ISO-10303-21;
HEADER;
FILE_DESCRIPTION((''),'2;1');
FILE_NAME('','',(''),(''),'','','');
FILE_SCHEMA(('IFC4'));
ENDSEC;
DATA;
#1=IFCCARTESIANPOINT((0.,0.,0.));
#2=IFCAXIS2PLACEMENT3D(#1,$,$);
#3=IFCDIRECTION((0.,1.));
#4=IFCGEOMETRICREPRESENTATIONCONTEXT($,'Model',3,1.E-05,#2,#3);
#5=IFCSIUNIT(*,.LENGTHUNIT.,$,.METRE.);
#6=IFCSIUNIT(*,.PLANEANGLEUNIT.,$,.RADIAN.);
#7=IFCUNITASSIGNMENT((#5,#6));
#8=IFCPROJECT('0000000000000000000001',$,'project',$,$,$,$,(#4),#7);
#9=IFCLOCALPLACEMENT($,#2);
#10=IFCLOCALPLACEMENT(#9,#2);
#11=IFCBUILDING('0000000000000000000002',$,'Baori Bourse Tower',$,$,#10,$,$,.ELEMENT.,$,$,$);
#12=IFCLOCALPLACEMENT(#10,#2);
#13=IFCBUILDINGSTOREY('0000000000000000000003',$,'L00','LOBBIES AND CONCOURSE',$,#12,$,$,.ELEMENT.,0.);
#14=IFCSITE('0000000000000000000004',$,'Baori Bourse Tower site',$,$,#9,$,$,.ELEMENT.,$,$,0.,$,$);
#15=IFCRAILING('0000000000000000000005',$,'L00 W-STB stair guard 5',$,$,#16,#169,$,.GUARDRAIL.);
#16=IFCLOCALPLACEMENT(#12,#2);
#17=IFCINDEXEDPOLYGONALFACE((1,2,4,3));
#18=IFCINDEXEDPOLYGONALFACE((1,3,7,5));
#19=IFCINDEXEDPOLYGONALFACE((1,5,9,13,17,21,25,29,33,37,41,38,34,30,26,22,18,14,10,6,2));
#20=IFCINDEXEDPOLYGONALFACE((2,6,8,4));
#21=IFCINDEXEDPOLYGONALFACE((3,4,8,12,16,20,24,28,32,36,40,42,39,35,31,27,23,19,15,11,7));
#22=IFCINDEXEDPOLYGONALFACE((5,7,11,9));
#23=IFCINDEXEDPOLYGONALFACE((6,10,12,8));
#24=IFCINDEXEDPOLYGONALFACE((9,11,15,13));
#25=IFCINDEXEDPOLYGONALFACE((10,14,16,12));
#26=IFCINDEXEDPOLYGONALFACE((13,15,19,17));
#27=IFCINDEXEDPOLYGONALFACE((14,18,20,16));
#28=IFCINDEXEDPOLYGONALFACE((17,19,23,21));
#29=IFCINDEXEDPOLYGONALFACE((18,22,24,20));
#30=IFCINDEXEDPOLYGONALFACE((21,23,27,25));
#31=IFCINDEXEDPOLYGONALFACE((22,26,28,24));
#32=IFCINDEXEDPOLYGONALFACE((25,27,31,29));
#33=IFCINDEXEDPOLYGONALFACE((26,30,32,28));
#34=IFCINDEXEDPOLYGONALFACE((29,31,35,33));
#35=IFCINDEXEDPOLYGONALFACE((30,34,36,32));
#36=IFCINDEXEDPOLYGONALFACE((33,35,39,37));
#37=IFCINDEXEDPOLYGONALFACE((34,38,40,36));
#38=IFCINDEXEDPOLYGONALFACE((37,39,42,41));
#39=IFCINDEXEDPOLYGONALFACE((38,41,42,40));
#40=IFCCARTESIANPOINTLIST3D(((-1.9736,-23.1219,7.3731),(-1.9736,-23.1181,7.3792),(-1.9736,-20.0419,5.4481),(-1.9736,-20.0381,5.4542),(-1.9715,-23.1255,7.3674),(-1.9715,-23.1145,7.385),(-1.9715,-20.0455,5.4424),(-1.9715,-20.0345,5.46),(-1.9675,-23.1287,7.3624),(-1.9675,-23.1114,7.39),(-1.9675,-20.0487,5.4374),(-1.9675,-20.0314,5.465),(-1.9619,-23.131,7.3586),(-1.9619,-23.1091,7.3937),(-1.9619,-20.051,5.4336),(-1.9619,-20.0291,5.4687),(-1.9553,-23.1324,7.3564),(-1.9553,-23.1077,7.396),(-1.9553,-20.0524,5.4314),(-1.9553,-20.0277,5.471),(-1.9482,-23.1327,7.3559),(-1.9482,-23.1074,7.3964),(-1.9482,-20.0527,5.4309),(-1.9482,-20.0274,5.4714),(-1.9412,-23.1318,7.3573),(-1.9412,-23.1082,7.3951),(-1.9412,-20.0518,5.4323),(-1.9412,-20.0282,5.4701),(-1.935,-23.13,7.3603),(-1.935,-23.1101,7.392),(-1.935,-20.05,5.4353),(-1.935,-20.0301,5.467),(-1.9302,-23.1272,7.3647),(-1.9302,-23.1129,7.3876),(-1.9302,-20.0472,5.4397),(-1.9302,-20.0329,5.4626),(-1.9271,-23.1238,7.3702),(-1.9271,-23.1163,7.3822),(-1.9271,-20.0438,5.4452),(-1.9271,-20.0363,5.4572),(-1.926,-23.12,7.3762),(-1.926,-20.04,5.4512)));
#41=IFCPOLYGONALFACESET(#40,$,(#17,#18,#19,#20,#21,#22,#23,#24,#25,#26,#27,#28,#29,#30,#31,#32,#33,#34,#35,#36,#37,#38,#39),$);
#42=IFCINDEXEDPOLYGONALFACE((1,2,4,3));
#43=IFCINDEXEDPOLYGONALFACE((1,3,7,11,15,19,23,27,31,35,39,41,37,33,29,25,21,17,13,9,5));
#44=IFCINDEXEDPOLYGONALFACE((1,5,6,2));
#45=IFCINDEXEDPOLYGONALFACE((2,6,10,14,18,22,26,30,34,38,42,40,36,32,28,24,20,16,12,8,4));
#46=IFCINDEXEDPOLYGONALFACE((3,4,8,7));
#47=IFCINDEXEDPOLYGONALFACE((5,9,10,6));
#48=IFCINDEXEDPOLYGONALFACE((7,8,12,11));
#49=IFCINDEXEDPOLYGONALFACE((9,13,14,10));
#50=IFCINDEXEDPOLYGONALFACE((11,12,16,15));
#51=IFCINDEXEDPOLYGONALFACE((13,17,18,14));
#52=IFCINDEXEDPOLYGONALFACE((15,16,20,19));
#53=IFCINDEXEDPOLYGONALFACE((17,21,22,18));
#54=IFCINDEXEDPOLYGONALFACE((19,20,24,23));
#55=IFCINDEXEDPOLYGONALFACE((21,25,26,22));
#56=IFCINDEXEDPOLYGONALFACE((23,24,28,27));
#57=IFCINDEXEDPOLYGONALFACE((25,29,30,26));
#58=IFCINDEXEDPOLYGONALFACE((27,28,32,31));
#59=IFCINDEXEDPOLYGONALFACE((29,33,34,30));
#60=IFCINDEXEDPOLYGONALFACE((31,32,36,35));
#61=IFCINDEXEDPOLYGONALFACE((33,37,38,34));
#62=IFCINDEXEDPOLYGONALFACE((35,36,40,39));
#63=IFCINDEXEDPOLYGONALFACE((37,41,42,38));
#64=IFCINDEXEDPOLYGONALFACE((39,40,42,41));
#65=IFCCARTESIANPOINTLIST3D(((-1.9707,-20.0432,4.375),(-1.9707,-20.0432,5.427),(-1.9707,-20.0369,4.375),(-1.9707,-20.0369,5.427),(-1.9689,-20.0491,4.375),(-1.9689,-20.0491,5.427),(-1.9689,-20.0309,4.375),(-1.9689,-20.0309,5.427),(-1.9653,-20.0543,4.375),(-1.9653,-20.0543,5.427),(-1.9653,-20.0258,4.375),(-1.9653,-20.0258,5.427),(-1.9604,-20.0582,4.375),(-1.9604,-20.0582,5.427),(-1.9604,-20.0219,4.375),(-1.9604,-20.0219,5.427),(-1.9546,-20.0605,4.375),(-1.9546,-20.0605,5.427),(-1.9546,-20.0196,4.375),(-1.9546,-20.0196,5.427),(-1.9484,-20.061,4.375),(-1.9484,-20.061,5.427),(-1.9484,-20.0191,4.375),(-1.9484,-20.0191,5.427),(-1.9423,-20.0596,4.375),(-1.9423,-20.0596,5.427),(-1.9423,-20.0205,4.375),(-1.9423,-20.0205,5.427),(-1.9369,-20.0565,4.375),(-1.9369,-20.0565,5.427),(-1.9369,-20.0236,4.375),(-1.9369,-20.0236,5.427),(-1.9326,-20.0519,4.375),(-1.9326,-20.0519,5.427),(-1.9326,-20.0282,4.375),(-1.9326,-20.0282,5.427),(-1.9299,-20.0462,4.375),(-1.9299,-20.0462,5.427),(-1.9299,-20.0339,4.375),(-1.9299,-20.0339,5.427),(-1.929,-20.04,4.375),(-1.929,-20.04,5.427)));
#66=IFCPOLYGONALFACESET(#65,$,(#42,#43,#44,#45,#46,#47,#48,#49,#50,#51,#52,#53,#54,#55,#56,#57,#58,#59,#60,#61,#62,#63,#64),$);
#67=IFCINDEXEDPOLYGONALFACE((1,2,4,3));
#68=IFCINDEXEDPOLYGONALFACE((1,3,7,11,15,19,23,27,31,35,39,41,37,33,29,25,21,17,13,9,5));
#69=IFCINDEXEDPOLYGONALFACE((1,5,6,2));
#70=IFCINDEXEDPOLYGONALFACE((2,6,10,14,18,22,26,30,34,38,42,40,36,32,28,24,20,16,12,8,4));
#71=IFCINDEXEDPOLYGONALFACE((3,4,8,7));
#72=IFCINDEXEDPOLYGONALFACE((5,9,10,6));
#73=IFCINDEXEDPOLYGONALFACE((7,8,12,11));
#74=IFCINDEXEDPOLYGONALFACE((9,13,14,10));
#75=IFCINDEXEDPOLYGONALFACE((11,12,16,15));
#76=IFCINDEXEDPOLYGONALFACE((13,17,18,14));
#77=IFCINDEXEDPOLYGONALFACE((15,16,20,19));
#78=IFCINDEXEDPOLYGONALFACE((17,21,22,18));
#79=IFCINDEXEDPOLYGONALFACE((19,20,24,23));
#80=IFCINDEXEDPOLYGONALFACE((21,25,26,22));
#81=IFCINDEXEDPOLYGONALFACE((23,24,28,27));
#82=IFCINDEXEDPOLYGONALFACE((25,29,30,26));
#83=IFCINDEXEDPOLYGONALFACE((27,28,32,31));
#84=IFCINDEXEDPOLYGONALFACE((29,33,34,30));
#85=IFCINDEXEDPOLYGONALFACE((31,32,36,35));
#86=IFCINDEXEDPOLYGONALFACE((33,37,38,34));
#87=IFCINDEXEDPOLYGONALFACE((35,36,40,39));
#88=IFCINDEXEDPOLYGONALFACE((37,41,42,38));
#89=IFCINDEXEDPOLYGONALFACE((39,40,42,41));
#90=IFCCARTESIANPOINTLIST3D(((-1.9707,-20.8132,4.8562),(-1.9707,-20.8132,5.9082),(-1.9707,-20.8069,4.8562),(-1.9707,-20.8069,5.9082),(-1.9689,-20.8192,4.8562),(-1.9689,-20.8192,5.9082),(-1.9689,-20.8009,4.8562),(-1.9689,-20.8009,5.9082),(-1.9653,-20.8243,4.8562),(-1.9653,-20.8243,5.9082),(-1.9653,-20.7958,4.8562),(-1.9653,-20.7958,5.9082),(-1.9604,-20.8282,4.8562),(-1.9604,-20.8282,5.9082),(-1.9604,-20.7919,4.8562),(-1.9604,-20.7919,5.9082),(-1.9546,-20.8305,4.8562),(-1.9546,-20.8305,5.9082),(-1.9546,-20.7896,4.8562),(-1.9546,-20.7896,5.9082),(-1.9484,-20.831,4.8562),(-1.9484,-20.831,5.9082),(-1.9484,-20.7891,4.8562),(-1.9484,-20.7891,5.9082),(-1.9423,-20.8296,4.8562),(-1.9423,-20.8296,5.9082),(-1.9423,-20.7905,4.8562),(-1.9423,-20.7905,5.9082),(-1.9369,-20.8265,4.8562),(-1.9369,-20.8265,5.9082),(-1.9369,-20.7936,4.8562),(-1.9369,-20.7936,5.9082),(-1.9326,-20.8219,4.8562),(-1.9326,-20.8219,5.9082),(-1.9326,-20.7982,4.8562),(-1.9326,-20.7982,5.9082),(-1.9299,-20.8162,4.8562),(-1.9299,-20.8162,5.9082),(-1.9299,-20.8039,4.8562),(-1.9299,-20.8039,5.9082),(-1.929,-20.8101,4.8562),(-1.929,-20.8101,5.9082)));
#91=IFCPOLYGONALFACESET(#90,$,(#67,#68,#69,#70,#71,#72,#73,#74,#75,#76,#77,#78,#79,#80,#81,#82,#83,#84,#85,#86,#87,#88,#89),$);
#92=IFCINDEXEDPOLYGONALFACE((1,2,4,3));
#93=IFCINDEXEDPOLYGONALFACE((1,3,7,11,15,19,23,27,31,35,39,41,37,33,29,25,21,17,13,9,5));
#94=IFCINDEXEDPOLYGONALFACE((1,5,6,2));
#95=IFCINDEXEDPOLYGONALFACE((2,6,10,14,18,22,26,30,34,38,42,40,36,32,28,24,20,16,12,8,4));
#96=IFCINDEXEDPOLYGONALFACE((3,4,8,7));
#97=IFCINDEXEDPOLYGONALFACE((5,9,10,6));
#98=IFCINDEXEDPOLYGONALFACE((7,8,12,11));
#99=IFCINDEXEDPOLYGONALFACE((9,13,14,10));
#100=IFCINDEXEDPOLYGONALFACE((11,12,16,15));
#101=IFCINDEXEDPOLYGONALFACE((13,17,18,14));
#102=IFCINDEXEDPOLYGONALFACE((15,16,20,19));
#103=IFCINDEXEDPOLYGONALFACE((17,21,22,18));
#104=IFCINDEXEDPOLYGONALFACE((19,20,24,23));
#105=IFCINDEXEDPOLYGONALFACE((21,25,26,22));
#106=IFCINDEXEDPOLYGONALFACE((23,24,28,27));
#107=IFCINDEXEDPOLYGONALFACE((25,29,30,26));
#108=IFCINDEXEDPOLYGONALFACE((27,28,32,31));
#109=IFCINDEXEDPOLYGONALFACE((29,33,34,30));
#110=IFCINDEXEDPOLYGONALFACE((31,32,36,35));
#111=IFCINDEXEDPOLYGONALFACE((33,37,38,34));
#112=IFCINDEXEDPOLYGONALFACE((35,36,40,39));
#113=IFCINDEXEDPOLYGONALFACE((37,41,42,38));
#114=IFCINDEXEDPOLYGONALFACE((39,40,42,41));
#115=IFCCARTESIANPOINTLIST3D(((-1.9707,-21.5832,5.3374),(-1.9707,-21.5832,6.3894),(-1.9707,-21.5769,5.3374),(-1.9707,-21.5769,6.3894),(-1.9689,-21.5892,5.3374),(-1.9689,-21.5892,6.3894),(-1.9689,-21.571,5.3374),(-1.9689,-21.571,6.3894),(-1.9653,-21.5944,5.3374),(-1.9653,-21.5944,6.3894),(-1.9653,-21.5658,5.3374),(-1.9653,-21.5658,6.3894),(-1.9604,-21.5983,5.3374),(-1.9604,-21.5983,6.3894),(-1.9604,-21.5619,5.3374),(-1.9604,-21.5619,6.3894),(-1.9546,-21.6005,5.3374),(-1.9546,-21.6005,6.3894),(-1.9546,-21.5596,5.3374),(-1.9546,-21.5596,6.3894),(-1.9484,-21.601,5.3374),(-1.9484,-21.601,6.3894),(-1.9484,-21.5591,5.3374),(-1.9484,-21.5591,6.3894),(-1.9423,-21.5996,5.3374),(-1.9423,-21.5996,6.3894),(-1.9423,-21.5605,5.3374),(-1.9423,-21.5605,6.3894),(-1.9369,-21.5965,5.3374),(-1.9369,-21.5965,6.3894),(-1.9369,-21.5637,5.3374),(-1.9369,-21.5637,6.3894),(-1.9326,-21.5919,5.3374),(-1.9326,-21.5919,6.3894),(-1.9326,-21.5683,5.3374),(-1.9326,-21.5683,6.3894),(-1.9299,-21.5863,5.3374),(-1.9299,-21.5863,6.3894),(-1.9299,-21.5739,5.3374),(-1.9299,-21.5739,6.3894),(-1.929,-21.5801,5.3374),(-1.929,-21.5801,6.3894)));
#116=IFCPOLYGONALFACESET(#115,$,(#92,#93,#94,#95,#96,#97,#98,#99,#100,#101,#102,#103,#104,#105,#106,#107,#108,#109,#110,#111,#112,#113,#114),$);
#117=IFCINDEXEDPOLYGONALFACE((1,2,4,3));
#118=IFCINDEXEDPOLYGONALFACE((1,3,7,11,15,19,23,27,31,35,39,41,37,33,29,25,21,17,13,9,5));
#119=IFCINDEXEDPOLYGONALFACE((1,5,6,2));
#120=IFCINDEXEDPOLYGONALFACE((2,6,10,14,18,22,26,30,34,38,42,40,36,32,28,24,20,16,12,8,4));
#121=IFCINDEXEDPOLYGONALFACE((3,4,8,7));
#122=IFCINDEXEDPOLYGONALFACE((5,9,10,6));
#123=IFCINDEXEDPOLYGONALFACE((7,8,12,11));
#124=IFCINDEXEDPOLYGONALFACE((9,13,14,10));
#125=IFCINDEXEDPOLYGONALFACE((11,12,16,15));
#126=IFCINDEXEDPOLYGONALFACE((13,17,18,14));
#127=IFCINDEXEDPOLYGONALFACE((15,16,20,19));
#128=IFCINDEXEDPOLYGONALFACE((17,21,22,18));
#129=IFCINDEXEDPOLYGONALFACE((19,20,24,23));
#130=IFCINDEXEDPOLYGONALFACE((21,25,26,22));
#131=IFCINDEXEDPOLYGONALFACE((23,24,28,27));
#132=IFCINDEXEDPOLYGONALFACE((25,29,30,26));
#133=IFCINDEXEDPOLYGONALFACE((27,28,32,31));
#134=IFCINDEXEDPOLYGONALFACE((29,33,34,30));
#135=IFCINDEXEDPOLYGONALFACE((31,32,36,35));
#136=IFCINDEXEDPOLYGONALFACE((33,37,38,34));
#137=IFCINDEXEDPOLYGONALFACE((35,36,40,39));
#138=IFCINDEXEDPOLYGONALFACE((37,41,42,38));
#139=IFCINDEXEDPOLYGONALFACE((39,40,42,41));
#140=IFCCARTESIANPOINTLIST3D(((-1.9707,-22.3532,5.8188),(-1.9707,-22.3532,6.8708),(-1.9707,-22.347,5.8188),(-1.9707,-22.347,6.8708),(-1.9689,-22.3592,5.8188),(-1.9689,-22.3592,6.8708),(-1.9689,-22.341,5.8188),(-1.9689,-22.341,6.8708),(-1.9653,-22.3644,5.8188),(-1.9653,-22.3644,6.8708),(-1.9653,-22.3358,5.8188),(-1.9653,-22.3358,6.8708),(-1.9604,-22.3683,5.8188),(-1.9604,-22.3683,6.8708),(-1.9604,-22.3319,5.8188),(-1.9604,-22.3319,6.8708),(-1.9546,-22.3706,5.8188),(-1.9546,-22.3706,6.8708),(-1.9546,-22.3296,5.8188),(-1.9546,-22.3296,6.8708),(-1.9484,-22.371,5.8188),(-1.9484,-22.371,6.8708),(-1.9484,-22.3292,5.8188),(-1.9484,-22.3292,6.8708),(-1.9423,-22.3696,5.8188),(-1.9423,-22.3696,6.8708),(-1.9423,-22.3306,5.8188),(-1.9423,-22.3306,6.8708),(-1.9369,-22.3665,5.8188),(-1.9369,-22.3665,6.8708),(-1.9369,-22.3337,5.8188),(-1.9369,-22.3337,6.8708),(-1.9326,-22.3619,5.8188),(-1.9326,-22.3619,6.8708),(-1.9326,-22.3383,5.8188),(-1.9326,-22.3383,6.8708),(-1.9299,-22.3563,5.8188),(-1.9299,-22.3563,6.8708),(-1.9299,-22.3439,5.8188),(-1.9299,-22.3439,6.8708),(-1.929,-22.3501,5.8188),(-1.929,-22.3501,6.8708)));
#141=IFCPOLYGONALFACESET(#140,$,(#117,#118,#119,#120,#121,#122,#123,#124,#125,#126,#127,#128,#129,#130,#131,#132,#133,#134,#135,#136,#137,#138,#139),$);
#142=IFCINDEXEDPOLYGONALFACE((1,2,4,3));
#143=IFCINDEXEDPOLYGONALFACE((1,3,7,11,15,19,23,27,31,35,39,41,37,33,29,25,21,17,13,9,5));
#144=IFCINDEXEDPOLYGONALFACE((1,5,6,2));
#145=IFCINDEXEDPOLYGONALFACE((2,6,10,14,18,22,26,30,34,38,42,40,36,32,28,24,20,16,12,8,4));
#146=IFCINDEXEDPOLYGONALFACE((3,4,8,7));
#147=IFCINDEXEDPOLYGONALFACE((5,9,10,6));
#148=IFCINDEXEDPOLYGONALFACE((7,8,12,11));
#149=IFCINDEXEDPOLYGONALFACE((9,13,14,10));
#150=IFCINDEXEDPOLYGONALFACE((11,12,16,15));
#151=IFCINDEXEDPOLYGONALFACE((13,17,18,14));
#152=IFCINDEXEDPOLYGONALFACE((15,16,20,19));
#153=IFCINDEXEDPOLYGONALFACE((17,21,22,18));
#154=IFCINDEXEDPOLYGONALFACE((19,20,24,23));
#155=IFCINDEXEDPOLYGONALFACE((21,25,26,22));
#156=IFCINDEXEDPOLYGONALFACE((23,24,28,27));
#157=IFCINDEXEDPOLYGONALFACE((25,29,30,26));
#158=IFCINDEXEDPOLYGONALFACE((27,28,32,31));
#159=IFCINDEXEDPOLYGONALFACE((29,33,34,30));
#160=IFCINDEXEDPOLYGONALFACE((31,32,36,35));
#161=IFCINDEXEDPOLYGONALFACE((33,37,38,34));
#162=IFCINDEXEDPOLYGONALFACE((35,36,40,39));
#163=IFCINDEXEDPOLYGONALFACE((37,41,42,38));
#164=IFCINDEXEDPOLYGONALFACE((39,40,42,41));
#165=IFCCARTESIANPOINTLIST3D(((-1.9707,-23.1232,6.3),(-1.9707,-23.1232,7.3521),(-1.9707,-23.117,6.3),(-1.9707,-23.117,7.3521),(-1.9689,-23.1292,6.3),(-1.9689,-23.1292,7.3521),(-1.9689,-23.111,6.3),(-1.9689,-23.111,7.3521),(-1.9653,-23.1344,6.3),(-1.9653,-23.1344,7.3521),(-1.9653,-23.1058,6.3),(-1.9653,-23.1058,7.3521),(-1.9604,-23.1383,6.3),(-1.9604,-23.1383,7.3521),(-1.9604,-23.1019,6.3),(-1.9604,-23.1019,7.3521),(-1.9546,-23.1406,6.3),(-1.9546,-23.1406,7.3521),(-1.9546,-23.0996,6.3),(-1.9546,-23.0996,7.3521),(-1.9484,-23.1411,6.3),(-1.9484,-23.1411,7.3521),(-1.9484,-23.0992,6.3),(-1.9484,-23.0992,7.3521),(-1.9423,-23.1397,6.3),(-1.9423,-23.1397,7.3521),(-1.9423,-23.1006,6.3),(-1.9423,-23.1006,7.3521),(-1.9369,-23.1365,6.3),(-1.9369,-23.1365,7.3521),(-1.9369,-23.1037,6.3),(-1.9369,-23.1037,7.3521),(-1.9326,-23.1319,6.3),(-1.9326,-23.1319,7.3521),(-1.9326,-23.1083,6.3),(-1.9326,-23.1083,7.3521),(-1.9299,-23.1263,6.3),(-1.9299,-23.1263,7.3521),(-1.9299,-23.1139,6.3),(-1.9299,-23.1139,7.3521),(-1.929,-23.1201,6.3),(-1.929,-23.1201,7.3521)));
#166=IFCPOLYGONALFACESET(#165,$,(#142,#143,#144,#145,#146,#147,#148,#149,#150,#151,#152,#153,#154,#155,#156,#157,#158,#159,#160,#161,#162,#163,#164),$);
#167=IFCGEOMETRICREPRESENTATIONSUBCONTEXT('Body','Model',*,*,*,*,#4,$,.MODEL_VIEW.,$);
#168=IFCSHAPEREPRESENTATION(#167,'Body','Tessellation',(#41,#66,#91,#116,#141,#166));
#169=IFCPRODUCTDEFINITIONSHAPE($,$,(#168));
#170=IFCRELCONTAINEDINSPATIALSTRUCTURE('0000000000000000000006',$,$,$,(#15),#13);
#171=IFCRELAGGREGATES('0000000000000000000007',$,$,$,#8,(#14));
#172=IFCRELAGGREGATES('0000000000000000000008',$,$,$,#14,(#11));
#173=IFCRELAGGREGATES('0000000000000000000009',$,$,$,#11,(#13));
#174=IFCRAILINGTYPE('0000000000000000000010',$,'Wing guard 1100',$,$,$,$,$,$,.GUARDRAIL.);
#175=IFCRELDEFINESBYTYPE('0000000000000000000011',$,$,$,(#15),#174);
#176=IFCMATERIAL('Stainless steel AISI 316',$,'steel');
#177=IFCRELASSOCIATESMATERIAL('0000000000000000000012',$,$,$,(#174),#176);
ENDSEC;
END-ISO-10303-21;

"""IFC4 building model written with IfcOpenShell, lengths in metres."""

from ifc_helpers import new_model, si_unit, direction, frame, origin, origin_2d, place, context, subcontext, project, spatial, circle, extrude, material, type_object, element, save


model = new_model("IFC4")

# Units and contexts
model_context = context("Model", 3, precision=1e-05, world=origin(), true_north=direction((0.0, 1.0)))
body_context = subcontext(model_context, "Body", "Model", "MODEL_VIEW")
ifc_project = project(units=[si_unit("LENGTHUNIT", "METRE"), si_unit("PLANEANGLEUNIT", "RADIAN")], contexts=[model_context])

# Site, building, storey
site_placement = place(None, origin())
site = spatial("IfcSite", under=ifc_project, at=site_placement, Name="Baori Bourse Tower site", CompositionType="ELEMENT", RefElevation=0.0)
building_placement = place(site_placement, origin())
building = spatial("IfcBuilding", under=site, at=building_placement, Name="Baori Bourse Tower", CompositionType="ELEMENT")
storey_placement = place(building_placement, origin())
storey = spatial("IfcBuildingStorey", under=building, at=storey_placement, Name="L00", Description="LOBBIES AND CONCOURSE", CompositionType="ELEMENT", Elevation=0.0)

# Railing
ifc_material_1 = material(Name="Stainless steel AISI 316", Category="steel")
railing_type_1 = type_object("IfcRailingType", Name="Wing guard 1100", PredefinedType="GUARDRAIL", material=ifc_material_1)
railing_1_placement = place(storey_placement, frame((-1.95, -20.04, 4.375)))
element("IfcRailing", 1, at=railing_1_placement, inside=storey, type_object=railing_type_1, Name="L00 W-STB stair guard 5", PredefinedType="GUARDRAIL", context=body_context, shape_type="SweptSolid", body=[
    extrude(circle(Radius=0.0239, at=origin_2d()), frame((0.0, 0.0, 1.0762), z_axis=(0.0, -0.847998, 0.529999), x_axis=(1.0, 0.0, 0.0)), (0.0, 0.0, 1.0), 3.6321),
    extrude(circle(Radius=0.021, at=origin_2d()), origin(), (0.0, 0.0, 1.0), 1.052),
    extrude(circle(Radius=0.021, at=origin_2d()), frame((0.0, -0.77, 0.4812)), (0.0, 0.0, 1.0), 1.052),
    extrude(circle(Radius=0.021, at=origin_2d()), frame((0.0, -1.54, 0.9624)), (0.0, 0.0, 1.0), 1.052),
    extrude(circle(Radius=0.021, at=origin_2d()), frame((0.0, -2.3101, 1.4438)), (0.0, 0.0, 1.0), 1.052),
    extrude(circle(Radius=0.021, at=origin_2d()), frame((0.0, -3.0801, 1.925)), (0.0, 0.0, 1.0), 1.052),
])

save(model, "model.ifc")
